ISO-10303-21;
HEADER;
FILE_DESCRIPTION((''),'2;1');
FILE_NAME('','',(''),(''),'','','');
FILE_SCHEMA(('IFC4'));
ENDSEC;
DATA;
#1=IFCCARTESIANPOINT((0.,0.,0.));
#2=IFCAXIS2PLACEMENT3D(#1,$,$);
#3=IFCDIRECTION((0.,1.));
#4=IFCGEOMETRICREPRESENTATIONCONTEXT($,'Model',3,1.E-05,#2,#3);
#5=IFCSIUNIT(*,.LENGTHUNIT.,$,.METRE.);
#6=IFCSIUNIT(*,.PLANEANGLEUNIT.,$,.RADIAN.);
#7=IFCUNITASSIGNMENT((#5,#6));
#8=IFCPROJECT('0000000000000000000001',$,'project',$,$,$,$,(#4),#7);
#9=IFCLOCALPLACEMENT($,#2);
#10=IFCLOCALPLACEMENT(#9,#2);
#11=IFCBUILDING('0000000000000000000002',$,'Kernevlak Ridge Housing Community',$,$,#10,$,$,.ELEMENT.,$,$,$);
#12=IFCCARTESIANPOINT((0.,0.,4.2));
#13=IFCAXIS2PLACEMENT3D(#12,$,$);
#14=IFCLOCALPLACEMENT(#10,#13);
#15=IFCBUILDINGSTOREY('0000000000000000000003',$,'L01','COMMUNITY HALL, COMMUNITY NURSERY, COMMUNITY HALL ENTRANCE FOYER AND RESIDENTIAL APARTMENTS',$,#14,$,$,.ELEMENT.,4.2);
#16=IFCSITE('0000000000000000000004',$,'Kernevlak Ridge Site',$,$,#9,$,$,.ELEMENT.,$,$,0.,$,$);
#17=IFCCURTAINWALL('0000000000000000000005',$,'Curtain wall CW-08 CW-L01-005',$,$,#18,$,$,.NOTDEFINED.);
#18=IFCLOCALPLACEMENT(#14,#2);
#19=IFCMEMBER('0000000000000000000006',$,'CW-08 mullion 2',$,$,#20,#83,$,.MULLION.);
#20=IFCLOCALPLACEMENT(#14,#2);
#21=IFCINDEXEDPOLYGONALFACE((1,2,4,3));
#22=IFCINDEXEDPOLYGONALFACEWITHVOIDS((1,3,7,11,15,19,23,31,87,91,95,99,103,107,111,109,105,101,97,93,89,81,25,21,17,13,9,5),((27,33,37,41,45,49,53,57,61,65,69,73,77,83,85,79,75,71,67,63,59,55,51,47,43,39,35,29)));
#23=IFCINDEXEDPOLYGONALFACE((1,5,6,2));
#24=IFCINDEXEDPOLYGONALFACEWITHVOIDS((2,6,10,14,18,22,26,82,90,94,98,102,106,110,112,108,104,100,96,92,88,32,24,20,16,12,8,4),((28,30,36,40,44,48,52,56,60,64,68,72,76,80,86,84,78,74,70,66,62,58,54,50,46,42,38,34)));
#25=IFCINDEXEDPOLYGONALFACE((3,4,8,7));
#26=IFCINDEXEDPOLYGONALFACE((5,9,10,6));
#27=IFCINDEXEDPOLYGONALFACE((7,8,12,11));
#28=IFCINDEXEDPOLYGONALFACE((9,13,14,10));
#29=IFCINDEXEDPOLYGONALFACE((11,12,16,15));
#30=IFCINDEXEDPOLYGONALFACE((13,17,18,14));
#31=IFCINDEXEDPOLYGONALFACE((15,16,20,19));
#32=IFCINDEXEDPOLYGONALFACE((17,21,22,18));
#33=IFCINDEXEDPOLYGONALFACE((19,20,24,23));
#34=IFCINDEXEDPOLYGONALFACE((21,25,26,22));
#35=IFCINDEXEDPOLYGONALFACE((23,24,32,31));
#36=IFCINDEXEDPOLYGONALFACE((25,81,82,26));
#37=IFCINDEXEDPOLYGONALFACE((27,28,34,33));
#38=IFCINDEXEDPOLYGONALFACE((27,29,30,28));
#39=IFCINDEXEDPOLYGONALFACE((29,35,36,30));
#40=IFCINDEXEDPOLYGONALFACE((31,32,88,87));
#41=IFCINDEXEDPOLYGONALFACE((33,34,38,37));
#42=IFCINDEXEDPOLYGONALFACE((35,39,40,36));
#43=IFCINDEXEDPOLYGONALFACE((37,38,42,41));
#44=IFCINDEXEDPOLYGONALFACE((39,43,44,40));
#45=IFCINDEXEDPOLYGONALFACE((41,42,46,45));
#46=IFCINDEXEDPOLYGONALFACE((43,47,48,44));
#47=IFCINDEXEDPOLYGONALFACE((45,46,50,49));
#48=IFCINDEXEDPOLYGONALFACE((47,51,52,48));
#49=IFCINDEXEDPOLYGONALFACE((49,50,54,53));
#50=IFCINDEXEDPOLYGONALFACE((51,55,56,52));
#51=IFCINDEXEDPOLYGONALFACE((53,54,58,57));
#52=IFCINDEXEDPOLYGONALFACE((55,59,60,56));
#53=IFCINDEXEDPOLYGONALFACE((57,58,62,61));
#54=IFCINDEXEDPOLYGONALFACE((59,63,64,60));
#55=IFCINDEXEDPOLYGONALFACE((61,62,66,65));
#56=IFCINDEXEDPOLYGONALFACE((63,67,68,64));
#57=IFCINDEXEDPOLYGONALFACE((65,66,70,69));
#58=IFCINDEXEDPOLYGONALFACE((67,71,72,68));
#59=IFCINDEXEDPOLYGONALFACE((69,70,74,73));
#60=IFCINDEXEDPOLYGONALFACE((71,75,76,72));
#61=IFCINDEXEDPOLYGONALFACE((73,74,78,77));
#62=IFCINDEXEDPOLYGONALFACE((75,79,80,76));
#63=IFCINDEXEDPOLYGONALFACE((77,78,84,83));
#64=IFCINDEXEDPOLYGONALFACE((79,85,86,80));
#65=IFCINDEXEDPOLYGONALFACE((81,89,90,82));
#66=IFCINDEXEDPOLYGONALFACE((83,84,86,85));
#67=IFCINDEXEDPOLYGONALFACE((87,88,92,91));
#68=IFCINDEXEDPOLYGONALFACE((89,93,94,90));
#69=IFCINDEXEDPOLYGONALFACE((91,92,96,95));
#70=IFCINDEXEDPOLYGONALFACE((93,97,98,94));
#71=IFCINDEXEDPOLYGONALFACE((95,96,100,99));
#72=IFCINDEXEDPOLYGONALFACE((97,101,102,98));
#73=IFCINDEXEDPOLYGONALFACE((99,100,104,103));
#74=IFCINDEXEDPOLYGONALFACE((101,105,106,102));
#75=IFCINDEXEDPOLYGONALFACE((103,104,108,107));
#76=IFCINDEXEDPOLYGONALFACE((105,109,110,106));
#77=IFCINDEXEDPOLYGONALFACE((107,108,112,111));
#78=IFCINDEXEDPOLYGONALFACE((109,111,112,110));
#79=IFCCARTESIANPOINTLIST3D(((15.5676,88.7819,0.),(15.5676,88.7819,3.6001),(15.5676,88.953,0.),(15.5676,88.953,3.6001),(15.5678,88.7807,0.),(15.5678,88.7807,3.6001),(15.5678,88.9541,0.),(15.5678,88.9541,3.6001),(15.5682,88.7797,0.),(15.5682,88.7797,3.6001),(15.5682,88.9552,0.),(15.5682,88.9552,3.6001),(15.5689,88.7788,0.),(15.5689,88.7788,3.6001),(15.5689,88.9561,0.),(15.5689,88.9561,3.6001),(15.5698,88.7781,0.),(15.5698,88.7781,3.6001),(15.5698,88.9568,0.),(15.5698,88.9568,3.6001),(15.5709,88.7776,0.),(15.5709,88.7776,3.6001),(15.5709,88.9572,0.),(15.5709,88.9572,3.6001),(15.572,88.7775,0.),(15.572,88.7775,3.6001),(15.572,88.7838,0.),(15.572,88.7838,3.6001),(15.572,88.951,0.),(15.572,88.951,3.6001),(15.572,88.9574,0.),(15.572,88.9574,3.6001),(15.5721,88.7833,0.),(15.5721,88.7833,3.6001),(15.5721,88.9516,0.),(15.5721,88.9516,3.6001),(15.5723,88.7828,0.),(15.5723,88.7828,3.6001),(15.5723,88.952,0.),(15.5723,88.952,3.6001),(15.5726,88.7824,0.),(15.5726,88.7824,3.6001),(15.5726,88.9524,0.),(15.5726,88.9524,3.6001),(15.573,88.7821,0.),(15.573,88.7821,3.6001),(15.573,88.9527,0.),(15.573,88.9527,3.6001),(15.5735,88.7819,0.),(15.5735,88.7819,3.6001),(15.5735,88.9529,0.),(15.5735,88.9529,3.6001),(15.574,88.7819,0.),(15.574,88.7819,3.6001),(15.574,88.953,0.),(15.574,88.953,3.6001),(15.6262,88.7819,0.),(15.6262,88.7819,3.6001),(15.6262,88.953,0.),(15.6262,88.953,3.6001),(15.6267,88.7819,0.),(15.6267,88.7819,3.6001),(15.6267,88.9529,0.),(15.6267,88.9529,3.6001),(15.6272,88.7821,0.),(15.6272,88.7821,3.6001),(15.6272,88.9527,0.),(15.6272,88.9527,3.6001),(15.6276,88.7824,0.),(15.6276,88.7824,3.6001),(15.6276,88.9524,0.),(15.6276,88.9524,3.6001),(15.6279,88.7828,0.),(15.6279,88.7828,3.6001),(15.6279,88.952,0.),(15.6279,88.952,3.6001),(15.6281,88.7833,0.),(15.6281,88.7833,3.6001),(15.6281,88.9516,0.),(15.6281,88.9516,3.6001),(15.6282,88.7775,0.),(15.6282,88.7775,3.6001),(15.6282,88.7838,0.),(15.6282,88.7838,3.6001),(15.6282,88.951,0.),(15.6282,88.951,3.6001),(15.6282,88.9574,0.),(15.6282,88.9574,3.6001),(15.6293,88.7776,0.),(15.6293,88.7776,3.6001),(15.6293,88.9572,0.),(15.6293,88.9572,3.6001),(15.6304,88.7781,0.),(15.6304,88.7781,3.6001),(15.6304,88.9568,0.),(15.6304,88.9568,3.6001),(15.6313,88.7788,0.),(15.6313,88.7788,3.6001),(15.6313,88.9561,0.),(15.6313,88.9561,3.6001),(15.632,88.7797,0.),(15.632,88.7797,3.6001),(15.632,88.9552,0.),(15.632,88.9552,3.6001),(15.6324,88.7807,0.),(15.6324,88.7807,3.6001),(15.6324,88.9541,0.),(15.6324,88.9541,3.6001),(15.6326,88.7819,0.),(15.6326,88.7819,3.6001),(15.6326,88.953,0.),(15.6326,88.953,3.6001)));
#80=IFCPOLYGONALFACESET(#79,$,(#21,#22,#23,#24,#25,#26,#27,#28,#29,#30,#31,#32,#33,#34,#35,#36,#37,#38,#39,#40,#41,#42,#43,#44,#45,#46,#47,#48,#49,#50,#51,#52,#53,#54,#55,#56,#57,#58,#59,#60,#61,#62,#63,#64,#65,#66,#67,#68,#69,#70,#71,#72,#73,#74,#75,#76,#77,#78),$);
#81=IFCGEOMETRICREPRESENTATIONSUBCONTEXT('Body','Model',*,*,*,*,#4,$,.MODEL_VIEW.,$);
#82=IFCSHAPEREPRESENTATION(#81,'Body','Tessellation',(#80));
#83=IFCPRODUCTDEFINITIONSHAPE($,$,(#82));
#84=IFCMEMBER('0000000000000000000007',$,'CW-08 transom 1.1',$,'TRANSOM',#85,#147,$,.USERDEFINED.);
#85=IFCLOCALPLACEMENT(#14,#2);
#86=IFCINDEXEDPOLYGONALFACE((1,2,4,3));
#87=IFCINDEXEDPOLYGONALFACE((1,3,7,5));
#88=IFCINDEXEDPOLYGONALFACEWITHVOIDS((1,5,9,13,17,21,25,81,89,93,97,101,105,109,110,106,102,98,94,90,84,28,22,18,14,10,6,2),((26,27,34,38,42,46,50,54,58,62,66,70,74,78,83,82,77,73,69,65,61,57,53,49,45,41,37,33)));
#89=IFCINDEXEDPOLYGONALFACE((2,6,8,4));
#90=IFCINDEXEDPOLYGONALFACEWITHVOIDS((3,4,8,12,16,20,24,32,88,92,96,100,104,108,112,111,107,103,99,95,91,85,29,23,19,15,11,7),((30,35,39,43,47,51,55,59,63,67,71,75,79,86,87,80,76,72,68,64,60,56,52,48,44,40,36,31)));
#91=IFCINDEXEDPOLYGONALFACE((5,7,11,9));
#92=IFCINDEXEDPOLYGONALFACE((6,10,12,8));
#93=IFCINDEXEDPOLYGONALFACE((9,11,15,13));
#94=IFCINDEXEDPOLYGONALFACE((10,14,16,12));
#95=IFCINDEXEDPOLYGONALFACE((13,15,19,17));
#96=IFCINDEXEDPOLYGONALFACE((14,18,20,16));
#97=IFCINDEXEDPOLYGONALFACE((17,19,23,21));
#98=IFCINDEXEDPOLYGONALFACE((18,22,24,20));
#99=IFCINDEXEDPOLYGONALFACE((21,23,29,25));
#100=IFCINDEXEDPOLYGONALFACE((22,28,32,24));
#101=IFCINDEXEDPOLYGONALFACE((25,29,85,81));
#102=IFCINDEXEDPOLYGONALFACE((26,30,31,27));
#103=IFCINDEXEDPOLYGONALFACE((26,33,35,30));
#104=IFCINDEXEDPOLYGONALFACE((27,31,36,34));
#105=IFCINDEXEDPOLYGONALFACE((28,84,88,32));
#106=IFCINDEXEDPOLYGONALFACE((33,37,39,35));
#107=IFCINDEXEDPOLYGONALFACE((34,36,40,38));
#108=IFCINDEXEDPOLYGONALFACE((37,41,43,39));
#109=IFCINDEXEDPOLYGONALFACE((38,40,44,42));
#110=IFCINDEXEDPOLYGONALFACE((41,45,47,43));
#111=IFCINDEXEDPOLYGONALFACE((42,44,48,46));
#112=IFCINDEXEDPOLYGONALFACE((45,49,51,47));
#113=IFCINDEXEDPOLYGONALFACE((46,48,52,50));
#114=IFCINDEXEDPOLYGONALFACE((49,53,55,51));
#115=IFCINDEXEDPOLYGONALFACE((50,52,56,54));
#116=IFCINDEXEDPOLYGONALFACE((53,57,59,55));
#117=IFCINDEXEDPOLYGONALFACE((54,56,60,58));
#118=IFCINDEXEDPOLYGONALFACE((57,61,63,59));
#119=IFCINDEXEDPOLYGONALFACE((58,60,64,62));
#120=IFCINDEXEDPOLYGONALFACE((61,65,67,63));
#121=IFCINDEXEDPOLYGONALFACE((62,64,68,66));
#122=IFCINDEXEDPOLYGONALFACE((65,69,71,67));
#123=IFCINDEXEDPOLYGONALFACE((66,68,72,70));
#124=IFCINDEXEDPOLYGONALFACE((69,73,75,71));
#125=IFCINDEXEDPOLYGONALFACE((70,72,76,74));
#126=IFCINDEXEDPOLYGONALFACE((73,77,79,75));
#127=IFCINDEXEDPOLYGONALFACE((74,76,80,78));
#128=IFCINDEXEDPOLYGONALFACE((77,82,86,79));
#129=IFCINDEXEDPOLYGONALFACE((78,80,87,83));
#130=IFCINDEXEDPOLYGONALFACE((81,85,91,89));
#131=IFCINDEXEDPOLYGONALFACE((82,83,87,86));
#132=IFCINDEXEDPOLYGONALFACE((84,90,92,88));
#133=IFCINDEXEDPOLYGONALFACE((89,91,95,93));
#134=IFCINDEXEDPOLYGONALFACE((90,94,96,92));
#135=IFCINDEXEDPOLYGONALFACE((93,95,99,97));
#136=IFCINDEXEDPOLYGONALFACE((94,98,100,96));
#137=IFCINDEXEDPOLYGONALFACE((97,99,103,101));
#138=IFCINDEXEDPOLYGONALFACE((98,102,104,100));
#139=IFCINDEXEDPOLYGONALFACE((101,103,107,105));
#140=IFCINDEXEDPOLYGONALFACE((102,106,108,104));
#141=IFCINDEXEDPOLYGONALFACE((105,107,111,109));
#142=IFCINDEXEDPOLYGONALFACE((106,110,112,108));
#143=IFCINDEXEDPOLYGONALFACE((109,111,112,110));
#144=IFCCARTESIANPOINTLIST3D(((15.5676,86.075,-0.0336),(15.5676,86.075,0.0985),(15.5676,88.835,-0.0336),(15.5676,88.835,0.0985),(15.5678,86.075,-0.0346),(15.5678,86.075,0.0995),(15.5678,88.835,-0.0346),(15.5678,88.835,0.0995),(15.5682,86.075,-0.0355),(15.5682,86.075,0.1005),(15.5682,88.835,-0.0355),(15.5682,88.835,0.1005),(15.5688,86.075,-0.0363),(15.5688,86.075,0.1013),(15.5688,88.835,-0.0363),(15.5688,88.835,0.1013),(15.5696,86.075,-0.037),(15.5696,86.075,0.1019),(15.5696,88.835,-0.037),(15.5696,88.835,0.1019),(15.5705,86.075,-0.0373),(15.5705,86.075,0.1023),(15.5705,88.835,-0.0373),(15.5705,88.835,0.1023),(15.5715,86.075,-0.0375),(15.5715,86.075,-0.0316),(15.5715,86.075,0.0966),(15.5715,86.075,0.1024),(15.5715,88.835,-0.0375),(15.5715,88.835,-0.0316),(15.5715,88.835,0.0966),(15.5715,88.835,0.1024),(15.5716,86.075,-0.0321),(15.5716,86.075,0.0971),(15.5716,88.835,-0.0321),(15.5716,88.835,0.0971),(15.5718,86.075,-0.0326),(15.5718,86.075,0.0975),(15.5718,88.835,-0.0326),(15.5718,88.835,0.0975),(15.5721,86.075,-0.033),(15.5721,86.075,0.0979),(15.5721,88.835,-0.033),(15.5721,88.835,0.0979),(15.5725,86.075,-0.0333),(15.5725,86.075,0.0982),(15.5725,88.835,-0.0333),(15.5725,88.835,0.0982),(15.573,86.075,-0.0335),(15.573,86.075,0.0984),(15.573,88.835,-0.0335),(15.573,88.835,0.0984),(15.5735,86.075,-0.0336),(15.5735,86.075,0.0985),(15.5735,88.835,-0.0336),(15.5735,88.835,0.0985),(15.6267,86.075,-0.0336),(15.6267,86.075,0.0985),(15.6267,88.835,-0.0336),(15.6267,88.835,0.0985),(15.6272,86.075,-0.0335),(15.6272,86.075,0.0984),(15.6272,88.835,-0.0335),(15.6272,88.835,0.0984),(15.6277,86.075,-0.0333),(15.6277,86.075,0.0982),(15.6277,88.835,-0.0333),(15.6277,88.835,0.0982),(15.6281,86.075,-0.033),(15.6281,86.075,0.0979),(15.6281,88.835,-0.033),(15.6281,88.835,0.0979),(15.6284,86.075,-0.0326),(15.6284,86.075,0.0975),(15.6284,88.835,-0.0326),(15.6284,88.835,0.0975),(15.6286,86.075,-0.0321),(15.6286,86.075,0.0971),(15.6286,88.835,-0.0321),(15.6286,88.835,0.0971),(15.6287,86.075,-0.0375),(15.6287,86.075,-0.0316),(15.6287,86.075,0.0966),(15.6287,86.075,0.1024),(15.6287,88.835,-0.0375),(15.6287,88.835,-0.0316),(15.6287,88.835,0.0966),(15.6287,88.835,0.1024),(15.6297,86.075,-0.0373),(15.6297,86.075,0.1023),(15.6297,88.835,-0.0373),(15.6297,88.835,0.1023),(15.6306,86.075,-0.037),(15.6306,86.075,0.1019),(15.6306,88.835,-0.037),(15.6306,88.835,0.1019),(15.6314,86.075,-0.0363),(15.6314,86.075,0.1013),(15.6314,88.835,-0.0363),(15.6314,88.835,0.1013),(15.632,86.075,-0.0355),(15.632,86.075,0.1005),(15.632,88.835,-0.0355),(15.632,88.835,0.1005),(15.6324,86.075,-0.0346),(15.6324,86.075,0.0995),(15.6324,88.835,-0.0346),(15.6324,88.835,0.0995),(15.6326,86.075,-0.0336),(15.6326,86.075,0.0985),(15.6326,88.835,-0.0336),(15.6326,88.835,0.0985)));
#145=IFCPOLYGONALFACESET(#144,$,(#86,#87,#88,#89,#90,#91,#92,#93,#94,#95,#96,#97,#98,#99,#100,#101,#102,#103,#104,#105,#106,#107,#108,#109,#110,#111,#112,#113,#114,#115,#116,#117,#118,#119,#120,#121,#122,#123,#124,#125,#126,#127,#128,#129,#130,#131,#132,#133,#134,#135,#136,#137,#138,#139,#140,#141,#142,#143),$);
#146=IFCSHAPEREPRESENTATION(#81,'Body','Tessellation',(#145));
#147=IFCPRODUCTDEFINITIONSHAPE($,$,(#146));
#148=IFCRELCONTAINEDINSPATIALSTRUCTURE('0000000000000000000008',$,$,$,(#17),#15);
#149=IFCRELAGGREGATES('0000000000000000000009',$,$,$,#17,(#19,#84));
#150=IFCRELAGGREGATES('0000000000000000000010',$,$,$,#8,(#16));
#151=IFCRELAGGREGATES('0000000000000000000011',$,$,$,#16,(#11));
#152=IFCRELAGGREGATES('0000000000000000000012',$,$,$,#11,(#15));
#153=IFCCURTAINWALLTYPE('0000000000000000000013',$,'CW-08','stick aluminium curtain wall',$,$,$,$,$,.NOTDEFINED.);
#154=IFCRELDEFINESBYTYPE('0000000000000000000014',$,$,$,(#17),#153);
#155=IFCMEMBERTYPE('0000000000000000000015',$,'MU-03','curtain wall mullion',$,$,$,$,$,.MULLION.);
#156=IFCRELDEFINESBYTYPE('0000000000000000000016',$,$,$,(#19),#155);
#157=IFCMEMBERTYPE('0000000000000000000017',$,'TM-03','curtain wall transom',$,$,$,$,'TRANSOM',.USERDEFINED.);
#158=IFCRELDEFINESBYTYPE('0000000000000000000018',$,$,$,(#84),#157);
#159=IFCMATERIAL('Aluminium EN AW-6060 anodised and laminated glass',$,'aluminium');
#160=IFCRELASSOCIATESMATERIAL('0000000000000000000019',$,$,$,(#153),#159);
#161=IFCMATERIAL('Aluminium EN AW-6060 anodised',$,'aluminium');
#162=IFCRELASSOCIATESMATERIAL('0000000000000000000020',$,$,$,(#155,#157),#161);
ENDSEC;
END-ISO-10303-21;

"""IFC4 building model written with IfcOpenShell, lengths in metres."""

from ifc_helpers import new_model, si_unit, direction, frame, origin, origin_2d, place, context, subcontext, project, spatial, hollow_rectangle, extrude, material, material_profile, profile_set, type_object, element, aggregate, save


model = new_model("IFC4")

# Units and contexts
model_context = context("Model", 3, precision=1e-05, world=origin(), true_north=direction((0.0, 1.0)))
body_context = subcontext(model_context, "Body", "Model", "MODEL_VIEW")
ifc_project = project(units=[si_unit("LENGTHUNIT", "METRE"), si_unit("PLANEANGLEUNIT", "RADIAN")], contexts=[model_context])

# Site, building, storey
site_placement = place(None, origin())
site = spatial("IfcSite", under=ifc_project, at=site_placement, Name="Kernevlak Ridge Site", CompositionType="ELEMENT", RefElevation=0.0)
building_placement = place(site_placement, origin())
building = spatial("IfcBuilding", under=site, at=building_placement, Name="Kernevlak Ridge Housing Community", CompositionType="ELEMENT")
storey_placement = place(building_placement, frame((0.0, 0.0, 4.2)))
storey = spatial("IfcBuildingStorey", under=building, at=storey_placement, Name="L01", Description="COMMUNITY HALL, COMMUNITY NURSERY, COMMUNITY HALL ENTRANCE FOYER AND RESIDENTIAL APARTMENTS", CompositionType="ELEMENT", Elevation=4.2)

# Shared definitions
ifc_material_1 = material(Name="Aluminium EN AW-6060 anodised and laminated glass", Category="aluminium")
ifc_material_2 = material(Name="Aluminium EN AW-6060 anodised", Category="aluminium")

# Curtain wall, members
curtain_wall_type_1 = type_object("IfcCurtainWallType", Name="CW-08", Description="stick aluminium curtain wall", PredefinedType="NOTDEFINED", material=ifc_material_1)
curtain_wall_1_placement = place(storey_placement, origin())
curtain_wall_1 = element("IfcCurtainWall", 1, at=curtain_wall_1_placement, inside=storey, type_object=curtain_wall_type_1, Name="Curtain wall CW-08 CW-L01-005", PredefinedType="NOTDEFINED")
ifc_material_profile_1 = material_profile(ifc_material_2, hollow_rectangle(XDim=0.0649, YDim=0.1799, WallThickness=0.0044, InnerFilletRadius=0.002, OuterFilletRadius=0.0044, at=origin_2d()), Name="ALU 65x180x4.5")
ifc_profile_set_1 = profile_set([ifc_material_profile_1], Name="Aluminium EN AW-6060 anodised")
member_type_1 = type_object("IfcMemberType", Name="MU-03", Description="curtain wall mullion", PredefinedType="MULLION", material=ifc_profile_set_1)
member_1_placement = place(storey_placement, frame((15.6001, 88.8674, 0.0), z_axis=(0.0, 0.0, 1.0), x_axis=(-1.0, 0.0, 0.0)))
member_1 = element("IfcMember", 2, at=member_1_placement, type_object=member_type_1, Name="CW-08 mullion 2", PredefinedType="MULLION", context=body_context, shape_type="SweptSolid", body=[
    extrude(hollow_rectangle(XDim=0.0649, YDim=0.1799, WallThickness=0.0044, InnerFilletRadius=0.002, OuterFilletRadius=0.0044, at=origin_2d()), origin(), (0.0, 0.0, 1.0), 3.6001),
])
ifc_material_profile_2 = material_profile(ifc_material_2, hollow_rectangle(XDim=0.0649, YDim=0.1399, WallThickness=0.0039, InnerFilletRadius=0.002, OuterFilletRadius=0.0039, at=origin_2d()), Name="ALU 65x140x4")
ifc_profile_set_2 = profile_set([ifc_material_profile_2], Name="Aluminium EN AW-6060 anodised")
member_type_2 = type_object("IfcMemberType", Name="TM-03", Description="curtain wall transom", ElementType="TRANSOM", PredefinedType="USERDEFINED", material=ifc_profile_set_2)
member_2_placement = place(storey_placement, frame((15.6001, 86.075, 0.0325), z_axis=(0.0, 1.0, 0.0), x_axis=(-1.0, 0.0, 0.0)))
member_2 = element("IfcMember", 3, at=member_2_placement, type_object=member_type_2, Name="CW-08 transom 1.1", ObjectType="TRANSOM", PredefinedType="USERDEFINED", context=body_context, shape_type="SweptSolid", body=[
    extrude(hollow_rectangle(XDim=0.0649, YDim=0.1399, WallThickness=0.0039, InnerFilletRadius=0.002, OuterFilletRadius=0.0039, at=origin_2d()), origin(), (0.0, 0.0, 1.0), 2.76),
])
aggregate(curtain_wall_1, [member_1, member_2])

save(model, "model.ifc")
